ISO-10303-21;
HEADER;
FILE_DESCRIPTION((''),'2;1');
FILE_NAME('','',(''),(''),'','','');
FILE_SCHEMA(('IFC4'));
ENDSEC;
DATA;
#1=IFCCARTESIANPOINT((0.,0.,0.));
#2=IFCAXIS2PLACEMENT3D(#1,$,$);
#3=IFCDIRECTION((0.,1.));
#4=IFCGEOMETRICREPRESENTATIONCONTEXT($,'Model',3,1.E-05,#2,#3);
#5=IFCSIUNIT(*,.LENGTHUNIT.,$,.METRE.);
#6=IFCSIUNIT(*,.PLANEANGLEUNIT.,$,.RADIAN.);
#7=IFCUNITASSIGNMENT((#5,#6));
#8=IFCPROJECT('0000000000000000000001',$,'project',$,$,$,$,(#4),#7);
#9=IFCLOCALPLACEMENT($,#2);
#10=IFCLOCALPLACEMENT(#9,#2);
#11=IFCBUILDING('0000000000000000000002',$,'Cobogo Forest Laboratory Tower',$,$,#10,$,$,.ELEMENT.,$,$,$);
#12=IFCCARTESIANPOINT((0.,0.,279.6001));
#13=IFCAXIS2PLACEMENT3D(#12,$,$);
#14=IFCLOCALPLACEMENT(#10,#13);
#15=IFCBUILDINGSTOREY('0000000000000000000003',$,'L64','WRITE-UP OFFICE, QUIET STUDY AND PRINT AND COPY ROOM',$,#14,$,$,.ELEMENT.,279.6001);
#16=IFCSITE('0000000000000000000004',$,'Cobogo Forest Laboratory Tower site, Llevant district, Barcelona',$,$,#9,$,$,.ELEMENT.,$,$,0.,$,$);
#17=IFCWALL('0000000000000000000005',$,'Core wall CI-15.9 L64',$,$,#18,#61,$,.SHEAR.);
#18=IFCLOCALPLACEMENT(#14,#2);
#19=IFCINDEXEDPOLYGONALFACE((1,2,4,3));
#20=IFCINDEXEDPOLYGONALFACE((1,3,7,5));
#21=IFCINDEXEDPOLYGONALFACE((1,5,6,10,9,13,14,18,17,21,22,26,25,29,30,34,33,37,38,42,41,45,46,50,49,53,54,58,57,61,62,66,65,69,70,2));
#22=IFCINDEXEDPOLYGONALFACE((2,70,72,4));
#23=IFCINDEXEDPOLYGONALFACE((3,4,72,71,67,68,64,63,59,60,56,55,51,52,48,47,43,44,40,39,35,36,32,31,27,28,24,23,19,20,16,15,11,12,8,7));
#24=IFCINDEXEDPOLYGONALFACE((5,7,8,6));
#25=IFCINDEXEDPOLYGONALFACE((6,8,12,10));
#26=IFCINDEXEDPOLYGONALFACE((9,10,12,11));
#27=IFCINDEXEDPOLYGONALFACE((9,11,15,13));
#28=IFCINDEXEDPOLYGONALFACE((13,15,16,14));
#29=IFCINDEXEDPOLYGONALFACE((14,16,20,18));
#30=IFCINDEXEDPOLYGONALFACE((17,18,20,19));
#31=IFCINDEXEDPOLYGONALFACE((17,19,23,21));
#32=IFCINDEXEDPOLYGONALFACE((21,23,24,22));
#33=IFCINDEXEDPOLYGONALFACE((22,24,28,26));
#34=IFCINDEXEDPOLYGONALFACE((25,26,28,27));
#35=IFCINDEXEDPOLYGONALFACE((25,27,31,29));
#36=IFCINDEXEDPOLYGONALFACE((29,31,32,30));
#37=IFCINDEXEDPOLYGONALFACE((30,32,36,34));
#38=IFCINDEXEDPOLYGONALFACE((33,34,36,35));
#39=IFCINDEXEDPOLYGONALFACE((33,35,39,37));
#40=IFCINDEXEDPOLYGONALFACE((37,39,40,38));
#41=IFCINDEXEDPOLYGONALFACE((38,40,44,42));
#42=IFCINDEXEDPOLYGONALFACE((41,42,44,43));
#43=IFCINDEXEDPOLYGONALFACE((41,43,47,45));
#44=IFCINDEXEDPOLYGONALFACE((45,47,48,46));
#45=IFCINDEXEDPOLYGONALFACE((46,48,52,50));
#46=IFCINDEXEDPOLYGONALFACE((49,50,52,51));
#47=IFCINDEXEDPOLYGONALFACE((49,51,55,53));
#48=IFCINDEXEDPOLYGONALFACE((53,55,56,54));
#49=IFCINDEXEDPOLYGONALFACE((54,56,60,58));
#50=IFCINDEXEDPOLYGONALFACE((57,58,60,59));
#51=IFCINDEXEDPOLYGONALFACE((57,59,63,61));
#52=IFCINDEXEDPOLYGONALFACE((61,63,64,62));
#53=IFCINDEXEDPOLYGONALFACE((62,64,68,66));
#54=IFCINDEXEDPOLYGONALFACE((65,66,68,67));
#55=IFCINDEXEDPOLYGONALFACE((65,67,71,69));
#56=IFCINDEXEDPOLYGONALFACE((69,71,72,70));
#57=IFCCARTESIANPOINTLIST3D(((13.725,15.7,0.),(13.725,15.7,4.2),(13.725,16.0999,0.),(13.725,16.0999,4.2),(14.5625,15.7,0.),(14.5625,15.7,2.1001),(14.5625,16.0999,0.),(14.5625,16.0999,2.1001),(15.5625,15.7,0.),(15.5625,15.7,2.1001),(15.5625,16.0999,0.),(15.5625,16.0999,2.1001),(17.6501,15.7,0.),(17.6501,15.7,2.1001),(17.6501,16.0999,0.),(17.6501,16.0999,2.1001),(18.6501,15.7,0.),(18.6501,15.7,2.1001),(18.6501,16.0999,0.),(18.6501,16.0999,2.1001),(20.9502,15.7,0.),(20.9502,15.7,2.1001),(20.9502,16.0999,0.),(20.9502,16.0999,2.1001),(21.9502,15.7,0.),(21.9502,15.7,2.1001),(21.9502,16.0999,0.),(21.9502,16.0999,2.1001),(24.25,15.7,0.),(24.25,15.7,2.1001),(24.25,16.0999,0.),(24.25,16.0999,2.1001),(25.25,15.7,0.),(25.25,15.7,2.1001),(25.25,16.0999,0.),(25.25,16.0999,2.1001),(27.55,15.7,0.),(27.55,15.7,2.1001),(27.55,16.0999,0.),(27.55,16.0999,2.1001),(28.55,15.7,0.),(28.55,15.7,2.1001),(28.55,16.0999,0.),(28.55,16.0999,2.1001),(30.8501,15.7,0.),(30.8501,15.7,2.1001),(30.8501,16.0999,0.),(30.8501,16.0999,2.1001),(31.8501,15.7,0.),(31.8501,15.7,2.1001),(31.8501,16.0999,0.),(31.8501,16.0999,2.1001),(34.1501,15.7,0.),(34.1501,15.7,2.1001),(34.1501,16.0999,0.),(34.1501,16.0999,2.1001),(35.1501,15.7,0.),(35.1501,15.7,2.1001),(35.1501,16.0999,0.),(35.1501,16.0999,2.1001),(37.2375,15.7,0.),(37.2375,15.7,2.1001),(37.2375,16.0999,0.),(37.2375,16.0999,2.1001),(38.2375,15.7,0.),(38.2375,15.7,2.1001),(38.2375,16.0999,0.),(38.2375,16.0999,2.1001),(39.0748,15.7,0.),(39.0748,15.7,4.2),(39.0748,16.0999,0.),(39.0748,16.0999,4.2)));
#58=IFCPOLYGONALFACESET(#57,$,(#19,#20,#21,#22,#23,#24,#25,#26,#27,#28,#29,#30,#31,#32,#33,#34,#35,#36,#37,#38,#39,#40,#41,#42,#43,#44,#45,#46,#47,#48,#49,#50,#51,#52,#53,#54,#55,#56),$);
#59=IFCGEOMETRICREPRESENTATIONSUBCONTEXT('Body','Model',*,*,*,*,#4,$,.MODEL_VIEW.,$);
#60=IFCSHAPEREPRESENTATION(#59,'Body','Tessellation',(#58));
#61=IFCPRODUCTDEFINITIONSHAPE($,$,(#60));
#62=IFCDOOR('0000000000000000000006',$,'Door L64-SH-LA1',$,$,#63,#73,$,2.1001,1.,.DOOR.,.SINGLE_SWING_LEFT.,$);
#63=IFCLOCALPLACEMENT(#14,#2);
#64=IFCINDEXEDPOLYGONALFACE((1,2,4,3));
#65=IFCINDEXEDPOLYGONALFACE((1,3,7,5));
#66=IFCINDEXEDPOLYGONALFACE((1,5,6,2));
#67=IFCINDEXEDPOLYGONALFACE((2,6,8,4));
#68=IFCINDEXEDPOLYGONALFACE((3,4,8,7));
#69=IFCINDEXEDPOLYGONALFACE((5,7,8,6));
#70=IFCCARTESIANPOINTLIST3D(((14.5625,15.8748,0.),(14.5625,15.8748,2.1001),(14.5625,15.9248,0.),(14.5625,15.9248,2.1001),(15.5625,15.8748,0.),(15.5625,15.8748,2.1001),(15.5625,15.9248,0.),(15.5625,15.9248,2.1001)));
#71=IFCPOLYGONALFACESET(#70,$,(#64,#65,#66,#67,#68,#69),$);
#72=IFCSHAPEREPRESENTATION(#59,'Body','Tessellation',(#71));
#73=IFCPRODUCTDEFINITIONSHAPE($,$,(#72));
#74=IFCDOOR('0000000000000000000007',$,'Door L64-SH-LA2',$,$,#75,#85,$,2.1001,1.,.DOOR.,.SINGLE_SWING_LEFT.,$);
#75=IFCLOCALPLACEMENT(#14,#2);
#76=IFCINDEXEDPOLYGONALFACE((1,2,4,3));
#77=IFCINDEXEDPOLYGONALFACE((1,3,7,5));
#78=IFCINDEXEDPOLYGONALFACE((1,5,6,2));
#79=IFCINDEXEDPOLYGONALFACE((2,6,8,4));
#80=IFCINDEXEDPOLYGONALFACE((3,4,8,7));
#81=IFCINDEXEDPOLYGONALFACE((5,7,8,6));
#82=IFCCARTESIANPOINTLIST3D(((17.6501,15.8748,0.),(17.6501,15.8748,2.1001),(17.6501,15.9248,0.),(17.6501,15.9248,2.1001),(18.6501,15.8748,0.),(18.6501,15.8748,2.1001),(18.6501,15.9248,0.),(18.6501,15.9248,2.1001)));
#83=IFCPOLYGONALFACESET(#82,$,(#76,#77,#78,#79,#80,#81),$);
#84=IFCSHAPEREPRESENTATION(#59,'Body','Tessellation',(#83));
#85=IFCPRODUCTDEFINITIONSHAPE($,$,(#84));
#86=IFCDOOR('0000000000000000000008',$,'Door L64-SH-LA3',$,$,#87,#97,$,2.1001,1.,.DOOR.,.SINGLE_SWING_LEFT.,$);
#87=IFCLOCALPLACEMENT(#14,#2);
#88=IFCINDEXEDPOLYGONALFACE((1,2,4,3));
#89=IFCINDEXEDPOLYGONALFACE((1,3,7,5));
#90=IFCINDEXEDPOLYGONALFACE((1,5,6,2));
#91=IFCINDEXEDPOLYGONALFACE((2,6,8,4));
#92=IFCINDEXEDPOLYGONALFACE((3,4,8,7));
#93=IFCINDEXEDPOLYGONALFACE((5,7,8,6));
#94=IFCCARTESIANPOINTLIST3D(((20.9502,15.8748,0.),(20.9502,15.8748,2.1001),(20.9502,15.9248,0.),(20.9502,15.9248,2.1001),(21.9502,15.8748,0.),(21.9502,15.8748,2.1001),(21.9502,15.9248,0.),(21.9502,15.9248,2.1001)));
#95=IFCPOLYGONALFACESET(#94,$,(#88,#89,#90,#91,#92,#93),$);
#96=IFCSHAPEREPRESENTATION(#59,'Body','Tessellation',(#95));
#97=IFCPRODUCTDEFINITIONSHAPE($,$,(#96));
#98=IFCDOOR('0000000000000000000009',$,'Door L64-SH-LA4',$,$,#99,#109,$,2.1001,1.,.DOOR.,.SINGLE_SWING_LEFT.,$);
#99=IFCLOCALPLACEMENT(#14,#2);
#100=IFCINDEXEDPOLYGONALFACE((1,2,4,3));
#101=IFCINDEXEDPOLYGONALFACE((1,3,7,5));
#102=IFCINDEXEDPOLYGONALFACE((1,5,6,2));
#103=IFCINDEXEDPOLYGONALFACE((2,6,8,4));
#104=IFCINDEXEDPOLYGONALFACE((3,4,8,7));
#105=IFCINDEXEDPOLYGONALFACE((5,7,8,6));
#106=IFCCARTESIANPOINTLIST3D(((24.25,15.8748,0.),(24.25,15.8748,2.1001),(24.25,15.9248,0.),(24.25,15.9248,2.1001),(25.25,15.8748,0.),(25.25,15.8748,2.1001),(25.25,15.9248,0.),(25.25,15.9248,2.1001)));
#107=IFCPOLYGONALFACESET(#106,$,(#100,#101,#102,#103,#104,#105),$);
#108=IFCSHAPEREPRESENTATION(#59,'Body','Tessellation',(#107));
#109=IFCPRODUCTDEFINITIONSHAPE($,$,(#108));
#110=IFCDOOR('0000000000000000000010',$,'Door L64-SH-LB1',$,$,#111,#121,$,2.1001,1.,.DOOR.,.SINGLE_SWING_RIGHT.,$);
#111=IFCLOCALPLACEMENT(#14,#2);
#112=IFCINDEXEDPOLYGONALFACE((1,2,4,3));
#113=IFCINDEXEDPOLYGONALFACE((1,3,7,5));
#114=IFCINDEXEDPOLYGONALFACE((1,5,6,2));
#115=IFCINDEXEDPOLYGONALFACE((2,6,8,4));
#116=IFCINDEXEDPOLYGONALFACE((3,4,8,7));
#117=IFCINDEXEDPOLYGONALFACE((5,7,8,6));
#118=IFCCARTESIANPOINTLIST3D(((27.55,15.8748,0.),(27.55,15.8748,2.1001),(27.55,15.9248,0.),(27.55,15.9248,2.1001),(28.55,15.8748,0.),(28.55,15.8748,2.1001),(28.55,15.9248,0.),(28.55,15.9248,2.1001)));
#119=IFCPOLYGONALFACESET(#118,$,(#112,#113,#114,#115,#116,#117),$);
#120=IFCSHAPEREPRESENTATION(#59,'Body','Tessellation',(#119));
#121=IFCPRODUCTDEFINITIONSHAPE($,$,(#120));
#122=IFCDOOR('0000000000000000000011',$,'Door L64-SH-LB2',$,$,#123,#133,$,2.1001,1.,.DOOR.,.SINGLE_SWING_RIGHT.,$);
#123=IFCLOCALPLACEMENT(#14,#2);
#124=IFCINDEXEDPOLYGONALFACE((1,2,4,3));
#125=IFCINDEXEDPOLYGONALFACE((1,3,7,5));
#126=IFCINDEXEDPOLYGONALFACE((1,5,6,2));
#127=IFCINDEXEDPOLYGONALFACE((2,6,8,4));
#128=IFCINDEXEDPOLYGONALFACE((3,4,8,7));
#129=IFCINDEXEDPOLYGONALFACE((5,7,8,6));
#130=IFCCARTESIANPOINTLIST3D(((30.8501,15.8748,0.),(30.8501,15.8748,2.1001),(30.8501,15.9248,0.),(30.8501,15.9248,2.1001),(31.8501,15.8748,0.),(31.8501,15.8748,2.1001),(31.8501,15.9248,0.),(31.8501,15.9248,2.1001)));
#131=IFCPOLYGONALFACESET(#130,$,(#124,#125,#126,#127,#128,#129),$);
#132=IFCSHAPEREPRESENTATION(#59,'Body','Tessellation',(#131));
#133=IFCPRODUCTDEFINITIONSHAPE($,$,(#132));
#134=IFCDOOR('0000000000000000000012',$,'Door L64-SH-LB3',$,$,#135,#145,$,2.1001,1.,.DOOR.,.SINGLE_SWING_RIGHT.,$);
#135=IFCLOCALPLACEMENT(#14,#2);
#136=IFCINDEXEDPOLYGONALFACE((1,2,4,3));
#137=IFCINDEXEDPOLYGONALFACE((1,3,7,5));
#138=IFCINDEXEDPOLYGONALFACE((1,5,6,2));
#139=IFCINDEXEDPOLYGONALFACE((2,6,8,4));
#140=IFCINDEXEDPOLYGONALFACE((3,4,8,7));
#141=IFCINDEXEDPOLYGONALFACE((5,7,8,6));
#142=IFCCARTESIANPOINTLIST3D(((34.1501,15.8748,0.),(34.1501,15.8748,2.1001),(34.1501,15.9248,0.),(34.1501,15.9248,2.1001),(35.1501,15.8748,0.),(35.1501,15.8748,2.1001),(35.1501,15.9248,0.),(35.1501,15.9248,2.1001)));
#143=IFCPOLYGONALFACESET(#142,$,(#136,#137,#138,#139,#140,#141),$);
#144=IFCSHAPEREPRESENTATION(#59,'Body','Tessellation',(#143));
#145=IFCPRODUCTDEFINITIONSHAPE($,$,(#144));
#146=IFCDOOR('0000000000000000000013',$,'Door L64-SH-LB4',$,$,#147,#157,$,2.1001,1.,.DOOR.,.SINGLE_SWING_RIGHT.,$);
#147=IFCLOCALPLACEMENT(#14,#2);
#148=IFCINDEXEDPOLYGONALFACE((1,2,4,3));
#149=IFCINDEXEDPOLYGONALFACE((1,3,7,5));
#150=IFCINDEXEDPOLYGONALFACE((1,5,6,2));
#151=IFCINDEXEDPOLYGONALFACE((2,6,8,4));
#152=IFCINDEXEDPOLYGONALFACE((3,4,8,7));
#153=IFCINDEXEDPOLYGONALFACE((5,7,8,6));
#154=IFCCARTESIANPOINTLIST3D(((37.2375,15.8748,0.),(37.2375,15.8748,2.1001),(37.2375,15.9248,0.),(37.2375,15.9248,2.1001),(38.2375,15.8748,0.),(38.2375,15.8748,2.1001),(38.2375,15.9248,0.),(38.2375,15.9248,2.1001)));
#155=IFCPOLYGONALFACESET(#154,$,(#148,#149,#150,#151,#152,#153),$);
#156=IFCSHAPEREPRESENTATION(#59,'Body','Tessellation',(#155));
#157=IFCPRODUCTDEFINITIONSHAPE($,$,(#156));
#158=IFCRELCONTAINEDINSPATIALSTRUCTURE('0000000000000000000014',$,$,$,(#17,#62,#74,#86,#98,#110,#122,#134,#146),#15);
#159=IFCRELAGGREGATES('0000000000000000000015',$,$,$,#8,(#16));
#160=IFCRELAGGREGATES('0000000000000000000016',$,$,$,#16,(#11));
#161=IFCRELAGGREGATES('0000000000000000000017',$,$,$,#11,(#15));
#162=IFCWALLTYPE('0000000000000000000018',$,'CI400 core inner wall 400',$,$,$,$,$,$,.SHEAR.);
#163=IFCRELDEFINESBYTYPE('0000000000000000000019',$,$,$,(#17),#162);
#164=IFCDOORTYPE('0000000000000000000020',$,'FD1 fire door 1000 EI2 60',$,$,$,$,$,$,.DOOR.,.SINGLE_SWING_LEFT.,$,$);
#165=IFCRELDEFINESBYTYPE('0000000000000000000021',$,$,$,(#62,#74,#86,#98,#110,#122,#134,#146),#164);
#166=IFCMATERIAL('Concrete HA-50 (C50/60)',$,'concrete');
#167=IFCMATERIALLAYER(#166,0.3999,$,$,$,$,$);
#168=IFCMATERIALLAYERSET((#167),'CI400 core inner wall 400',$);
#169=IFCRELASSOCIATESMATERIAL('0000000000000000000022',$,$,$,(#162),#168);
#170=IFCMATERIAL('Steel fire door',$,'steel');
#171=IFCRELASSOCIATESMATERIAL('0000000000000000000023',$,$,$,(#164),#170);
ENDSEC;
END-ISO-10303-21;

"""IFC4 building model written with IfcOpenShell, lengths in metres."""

from ifc_helpers import new_model, si_unit, direction, frame, frame_2d, origin, place, context, subcontext, project, spatial, rectangle, extrude, material, layer, layer_set, type_object, element, fill, save


model = new_model("IFC4")

# Units and contexts
model_context = context("Model", 3, precision=1e-05, world=origin(), true_north=direction((0.0, 1.0)))
body_context = subcontext(model_context, "Body", "Model", "MODEL_VIEW")
ifc_project = project(units=[si_unit("LENGTHUNIT", "METRE"), si_unit("PLANEANGLEUNIT", "RADIAN")], contexts=[model_context])

# Site, building, storey
site_placement = place(None, origin())
site = spatial("IfcSite", under=ifc_project, at=site_placement, Name="Cobogo Forest Laboratory Tower site, Llevant district, Barcelona", CompositionType="ELEMENT", RefElevation=0.0)
building_placement = place(site_placement, origin())
building = spatial("IfcBuilding", under=site, at=building_placement, Name="Cobogo Forest Laboratory Tower", CompositionType="ELEMENT")
storey_placement = place(building_placement, frame((0.0, 0.0, 279.6001)))
storey = spatial("IfcBuildingStorey", under=building, at=storey_placement, Name="L64", Description="WRITE-UP OFFICE, QUIET STUDY AND PRINT AND COPY ROOM", CompositionType="ELEMENT", Elevation=279.6001)

# Wall, openings, doors
ifc_material_1 = material(Name="Concrete HA-50 (C50/60)", Category="concrete")
ifc_layer_1 = layer(ifc_material_1, 0.3999)
ifc_layer_set_1 = layer_set([ifc_layer_1], Name="CI400 core inner wall 400")
wall_type_1 = type_object("IfcWallType", Name="CI400 core inner wall 400", PredefinedType="SHEAR", material=ifc_layer_set_1)
wall_1_placement = place(storey_placement, frame((13.7251, 15.8999, 0.0), z_axis=(0.0, 0.0, 1.0), x_axis=(1.0, 0.0, 0.0)))
wall_1 = element("IfcWall", 1, at=wall_1_placement, inside=storey, type_object=wall_type_1, Name="Core wall CI-15.9 L64", PredefinedType="SHEAR", context=body_context, shape_type="SweptSolid", body=[
    extrude(rectangle(XDim=25.3499, YDim=0.3999, at=frame_2d((12.6748, 0.0))), origin(), (0.0, 0.0, 1.0), 4.2),
])
opening_1_placement = place(wall_1_placement, frame((0.8374, 0.0, 0.0)))
opening_1 = element("IfcOpeningElement", 2, at=opening_1_placement, cuts=wall_1, PredefinedType="OPENING", context=body_context, shape_type="SweptSolid", body=[
    extrude(rectangle(XDim=1.0, YDim=2.1001, at=frame_2d((0.5, 1.05))), frame((0.0, 0.21, 0.0), z_axis=(0.0, -1.0, 0.0), x_axis=(1.0, 0.0, 0.0)), (0.0, 0.0, 1.0), 0.4199),
])
opening_2_placement = place(wall_1_placement, frame((3.925, 0.0, 0.0)))
opening_2 = element("IfcOpeningElement", 3, at=opening_2_placement, cuts=wall_1, PredefinedType="OPENING", context=body_context, shape_type="SweptSolid", body=[
    extrude(rectangle(XDim=1.0, YDim=2.1001, at=frame_2d((0.5, 1.05))), frame((0.0, 0.21, 0.0), z_axis=(0.0, -1.0, 0.0), x_axis=(1.0, 0.0, 0.0)), (0.0, 0.0, 1.0), 0.4199),
])
opening_3_placement = place(wall_1_placement, frame((7.2251, 0.0, 0.0)))
opening_3 = element("IfcOpeningElement", 4, at=opening_3_placement, cuts=wall_1, PredefinedType="OPENING", context=body_context, shape_type="SweptSolid", body=[
    extrude(rectangle(XDim=1.0, YDim=2.1001, at=frame_2d((0.5, 1.05))), frame((0.0, 0.21, 0.0), z_axis=(0.0, -1.0, 0.0), x_axis=(1.0, 0.0, 0.0)), (0.0, 0.0, 1.0), 0.4199),
])
opening_4_placement = place(wall_1_placement, frame((10.5249, 0.0, 0.0)))
opening_4 = element("IfcOpeningElement", 5, at=opening_4_placement, cuts=wall_1, PredefinedType="OPENING", context=body_context, shape_type="SweptSolid", body=[
    extrude(rectangle(XDim=1.0, YDim=2.1001, at=frame_2d((0.5, 1.05))), frame((0.0, 0.21, 0.0), z_axis=(0.0, -1.0, 0.0), x_axis=(1.0, 0.0, 0.0)), (0.0, 0.0, 1.0), 0.4199),
])
opening_5_placement = place(wall_1_placement, frame((13.825, 0.0, 0.0)))
opening_5 = element("IfcOpeningElement", 6, at=opening_5_placement, cuts=wall_1, PredefinedType="OPENING", context=body_context, shape_type="SweptSolid", body=[
    extrude(rectangle(XDim=1.0, YDim=2.1001, at=frame_2d((0.5, 1.05))), frame((0.0, 0.21, 0.0), z_axis=(0.0, -1.0, 0.0), x_axis=(1.0, 0.0, 0.0)), (0.0, 0.0, 1.0), 0.4199),
])
opening_6_placement = place(wall_1_placement, frame((17.125, 0.0, 0.0)))
opening_6 = element("IfcOpeningElement", 7, at=opening_6_placement, cuts=wall_1, PredefinedType="OPENING", context=body_context, shape_type="SweptSolid", body=[
    extrude(rectangle(XDim=1.0, YDim=2.1001, at=frame_2d((0.5, 1.05))), frame((0.0, 0.21, 0.0), z_axis=(0.0, -1.0, 0.0), x_axis=(1.0, 0.0, 0.0)), (0.0, 0.0, 1.0), 0.4199),
])
opening_7_placement = place(wall_1_placement, frame((20.425, 0.0, 0.0)))
opening_7 = element("IfcOpeningElement", 8, at=opening_7_placement, cuts=wall_1, PredefinedType="OPENING", context=body_context, shape_type="SweptSolid", body=[
    extrude(rectangle(XDim=1.0, YDim=2.1001, at=frame_2d((0.5, 1.05))), frame((0.0, 0.21, 0.0), z_axis=(0.0, -1.0, 0.0), x_axis=(1.0, 0.0, 0.0)), (0.0, 0.0, 1.0), 0.4199),
])
opening_8_placement = place(wall_1_placement, frame((23.5125, 0.0, 0.0)))
opening_8 = element("IfcOpeningElement", 9, at=opening_8_placement, cuts=wall_1, PredefinedType="OPENING", context=body_context, shape_type="SweptSolid", body=[
    extrude(rectangle(XDim=1.0, YDim=2.1001, at=frame_2d((0.5, 1.05))), frame((0.0, 0.21, 0.0), z_axis=(0.0, -1.0, 0.0), x_axis=(1.0, 0.0, 0.0)), (0.0, 0.0, 1.0), 0.4199),
])
ifc_material_2 = material(Name="Steel fire door", Category="steel")
door_type_1 = type_object("IfcDoorType", Name="FD1 fire door 1000 EI2 60", OperationType="SINGLE_SWING_LEFT", PredefinedType="DOOR", material=ifc_material_2)
door_1_placement = place(opening_1_placement, origin())
door_1 = element("IfcDoor", 10, at=door_1_placement, inside=storey, type_object=door_type_1, Name="Door L64-SH-LA1", OperationType="SINGLE_SWING_LEFT", OverallHeight=2.1001, OverallWidth=1.0, PredefinedType="DOOR", context=body_context, shape_type="SweptSolid", body=[
    extrude(rectangle(XDim=1.0, YDim=2.1001, at=frame_2d((0.5, 1.05))), frame((0.0, 0.0249, 0.0), z_axis=(0.0, -1.0, 0.0), x_axis=(1.0, 0.0, 0.0)), (0.0, 0.0, 1.0), 0.05),
])
fill(opening_1, door_1)
door_2_placement = place(opening_2_placement, origin())
door_2 = element("IfcDoor", 11, at=door_2_placement, inside=storey, type_object=door_type_1, Name="Door L64-SH-LA2", OperationType="SINGLE_SWING_LEFT", OverallHeight=2.1001, OverallWidth=1.0, PredefinedType="DOOR", context=body_context, shape_type="SweptSolid", body=[
    extrude(rectangle(XDim=1.0, YDim=2.1001, at=frame_2d((0.5, 1.05))), frame((0.0, 0.0249, 0.0), z_axis=(0.0, -1.0, 0.0), x_axis=(1.0, 0.0, 0.0)), (0.0, 0.0, 1.0), 0.05),
])
fill(opening_2, door_2)
door_3_placement = place(opening_3_placement, origin())
door_3 = element("IfcDoor", 12, at=door_3_placement, inside=storey, type_object=door_type_1, Name="Door L64-SH-LA3", OperationType="SINGLE_SWING_LEFT", OverallHeight=2.1001, OverallWidth=1.0, PredefinedType="DOOR", context=body_context, shape_type="SweptSolid", body=[
    extrude(rectangle(XDim=1.0, YDim=2.1001, at=frame_2d((0.5, 1.05))), frame((0.0, 0.0249, 0.0), z_axis=(0.0, -1.0, 0.0), x_axis=(1.0, 0.0, 0.0)), (0.0, 0.0, 1.0), 0.05),
])
fill(opening_3, door_3)
door_4_placement = place(opening_4_placement, origin())
door_4 = element("IfcDoor", 13, at=door_4_placement, inside=storey, type_object=door_type_1, Name="Door L64-SH-LA4", OperationType="SINGLE_SWING_LEFT", OverallHeight=2.1001, OverallWidth=1.0, PredefinedType="DOOR", context=body_context, shape_type="SweptSolid", body=[
    extrude(rectangle(XDim=1.0, YDim=2.1001, at=frame_2d((0.5, 1.05))), frame((0.0, 0.0249, 0.0), z_axis=(0.0, -1.0, 0.0), x_axis=(1.0, 0.0, 0.0)), (0.0, 0.0, 1.0), 0.05),
])
fill(opening_4, door_4)
door_5_placement = place(opening_5_placement, origin())
door_5 = element("IfcDoor", 14, at=door_5_placement, inside=storey, type_object=door_type_1, Name="Door L64-SH-LB1", OperationType="SINGLE_SWING_RIGHT", OverallHeight=2.1001, OverallWidth=1.0, PredefinedType="DOOR", context=body_context, shape_type="SweptSolid", body=[
    extrude(rectangle(XDim=1.0, YDim=2.1001, at=frame_2d((0.5, 1.05))), frame((0.0, 0.0249, 0.0), z_axis=(0.0, -1.0, 0.0), x_axis=(1.0, 0.0, 0.0)), (0.0, 0.0, 1.0), 0.05),
])
fill(opening_5, door_5)
door_6_placement = place(opening_6_placement, origin())
door_6 = element("IfcDoor", 15, at=door_6_placement, inside=storey, type_object=door_type_1, Name="Door L64-SH-LB2", OperationType="SINGLE_SWING_RIGHT", OverallHeight=2.1001, OverallWidth=1.0, PredefinedType="DOOR", context=body_context, shape_type="SweptSolid", body=[
    extrude(rectangle(XDim=1.0, YDim=2.1001, at=frame_2d((0.5, 1.05))), frame((0.0, 0.0249, 0.0), z_axis=(0.0, -1.0, 0.0), x_axis=(1.0, 0.0, 0.0)), (0.0, 0.0, 1.0), 0.05),
])
fill(opening_6, door_6)
door_7_placement = place(opening_7_placement, origin())
door_7 = element("IfcDoor", 16, at=door_7_placement, inside=storey, type_object=door_type_1, Name="Door L64-SH-LB3", OperationType="SINGLE_SWING_RIGHT", OverallHeight=2.1001, OverallWidth=1.0, PredefinedType="DOOR", context=body_context, shape_type="SweptSolid", body=[
    extrude(rectangle(XDim=1.0, YDim=2.1001, at=frame_2d((0.5, 1.05))), frame((0.0, 0.0249, 0.0), z_axis=(0.0, -1.0, 0.0), x_axis=(1.0, 0.0, 0.0)), (0.0, 0.0, 1.0), 0.05),
])
fill(opening_7, door_7)
door_8_placement = place(opening_8_placement, origin())
door_8 = element("IfcDoor", 17, at=door_8_placement, inside=storey, type_object=door_type_1, Name="Door L64-SH-LB4", OperationType="SINGLE_SWING_RIGHT", OverallHeight=2.1001, OverallWidth=1.0, PredefinedType="DOOR", context=body_context, shape_type="SweptSolid", body=[
    extrude(rectangle(XDim=1.0, YDim=2.1001, at=frame_2d((0.5, 1.05))), frame((0.0, 0.0249, 0.0), z_axis=(0.0, -1.0, 0.0), x_axis=(1.0, 0.0, 0.0)), (0.0, 0.0, 1.0), 0.05),
])
fill(opening_8, door_8)

save(model, "model.ifc")
